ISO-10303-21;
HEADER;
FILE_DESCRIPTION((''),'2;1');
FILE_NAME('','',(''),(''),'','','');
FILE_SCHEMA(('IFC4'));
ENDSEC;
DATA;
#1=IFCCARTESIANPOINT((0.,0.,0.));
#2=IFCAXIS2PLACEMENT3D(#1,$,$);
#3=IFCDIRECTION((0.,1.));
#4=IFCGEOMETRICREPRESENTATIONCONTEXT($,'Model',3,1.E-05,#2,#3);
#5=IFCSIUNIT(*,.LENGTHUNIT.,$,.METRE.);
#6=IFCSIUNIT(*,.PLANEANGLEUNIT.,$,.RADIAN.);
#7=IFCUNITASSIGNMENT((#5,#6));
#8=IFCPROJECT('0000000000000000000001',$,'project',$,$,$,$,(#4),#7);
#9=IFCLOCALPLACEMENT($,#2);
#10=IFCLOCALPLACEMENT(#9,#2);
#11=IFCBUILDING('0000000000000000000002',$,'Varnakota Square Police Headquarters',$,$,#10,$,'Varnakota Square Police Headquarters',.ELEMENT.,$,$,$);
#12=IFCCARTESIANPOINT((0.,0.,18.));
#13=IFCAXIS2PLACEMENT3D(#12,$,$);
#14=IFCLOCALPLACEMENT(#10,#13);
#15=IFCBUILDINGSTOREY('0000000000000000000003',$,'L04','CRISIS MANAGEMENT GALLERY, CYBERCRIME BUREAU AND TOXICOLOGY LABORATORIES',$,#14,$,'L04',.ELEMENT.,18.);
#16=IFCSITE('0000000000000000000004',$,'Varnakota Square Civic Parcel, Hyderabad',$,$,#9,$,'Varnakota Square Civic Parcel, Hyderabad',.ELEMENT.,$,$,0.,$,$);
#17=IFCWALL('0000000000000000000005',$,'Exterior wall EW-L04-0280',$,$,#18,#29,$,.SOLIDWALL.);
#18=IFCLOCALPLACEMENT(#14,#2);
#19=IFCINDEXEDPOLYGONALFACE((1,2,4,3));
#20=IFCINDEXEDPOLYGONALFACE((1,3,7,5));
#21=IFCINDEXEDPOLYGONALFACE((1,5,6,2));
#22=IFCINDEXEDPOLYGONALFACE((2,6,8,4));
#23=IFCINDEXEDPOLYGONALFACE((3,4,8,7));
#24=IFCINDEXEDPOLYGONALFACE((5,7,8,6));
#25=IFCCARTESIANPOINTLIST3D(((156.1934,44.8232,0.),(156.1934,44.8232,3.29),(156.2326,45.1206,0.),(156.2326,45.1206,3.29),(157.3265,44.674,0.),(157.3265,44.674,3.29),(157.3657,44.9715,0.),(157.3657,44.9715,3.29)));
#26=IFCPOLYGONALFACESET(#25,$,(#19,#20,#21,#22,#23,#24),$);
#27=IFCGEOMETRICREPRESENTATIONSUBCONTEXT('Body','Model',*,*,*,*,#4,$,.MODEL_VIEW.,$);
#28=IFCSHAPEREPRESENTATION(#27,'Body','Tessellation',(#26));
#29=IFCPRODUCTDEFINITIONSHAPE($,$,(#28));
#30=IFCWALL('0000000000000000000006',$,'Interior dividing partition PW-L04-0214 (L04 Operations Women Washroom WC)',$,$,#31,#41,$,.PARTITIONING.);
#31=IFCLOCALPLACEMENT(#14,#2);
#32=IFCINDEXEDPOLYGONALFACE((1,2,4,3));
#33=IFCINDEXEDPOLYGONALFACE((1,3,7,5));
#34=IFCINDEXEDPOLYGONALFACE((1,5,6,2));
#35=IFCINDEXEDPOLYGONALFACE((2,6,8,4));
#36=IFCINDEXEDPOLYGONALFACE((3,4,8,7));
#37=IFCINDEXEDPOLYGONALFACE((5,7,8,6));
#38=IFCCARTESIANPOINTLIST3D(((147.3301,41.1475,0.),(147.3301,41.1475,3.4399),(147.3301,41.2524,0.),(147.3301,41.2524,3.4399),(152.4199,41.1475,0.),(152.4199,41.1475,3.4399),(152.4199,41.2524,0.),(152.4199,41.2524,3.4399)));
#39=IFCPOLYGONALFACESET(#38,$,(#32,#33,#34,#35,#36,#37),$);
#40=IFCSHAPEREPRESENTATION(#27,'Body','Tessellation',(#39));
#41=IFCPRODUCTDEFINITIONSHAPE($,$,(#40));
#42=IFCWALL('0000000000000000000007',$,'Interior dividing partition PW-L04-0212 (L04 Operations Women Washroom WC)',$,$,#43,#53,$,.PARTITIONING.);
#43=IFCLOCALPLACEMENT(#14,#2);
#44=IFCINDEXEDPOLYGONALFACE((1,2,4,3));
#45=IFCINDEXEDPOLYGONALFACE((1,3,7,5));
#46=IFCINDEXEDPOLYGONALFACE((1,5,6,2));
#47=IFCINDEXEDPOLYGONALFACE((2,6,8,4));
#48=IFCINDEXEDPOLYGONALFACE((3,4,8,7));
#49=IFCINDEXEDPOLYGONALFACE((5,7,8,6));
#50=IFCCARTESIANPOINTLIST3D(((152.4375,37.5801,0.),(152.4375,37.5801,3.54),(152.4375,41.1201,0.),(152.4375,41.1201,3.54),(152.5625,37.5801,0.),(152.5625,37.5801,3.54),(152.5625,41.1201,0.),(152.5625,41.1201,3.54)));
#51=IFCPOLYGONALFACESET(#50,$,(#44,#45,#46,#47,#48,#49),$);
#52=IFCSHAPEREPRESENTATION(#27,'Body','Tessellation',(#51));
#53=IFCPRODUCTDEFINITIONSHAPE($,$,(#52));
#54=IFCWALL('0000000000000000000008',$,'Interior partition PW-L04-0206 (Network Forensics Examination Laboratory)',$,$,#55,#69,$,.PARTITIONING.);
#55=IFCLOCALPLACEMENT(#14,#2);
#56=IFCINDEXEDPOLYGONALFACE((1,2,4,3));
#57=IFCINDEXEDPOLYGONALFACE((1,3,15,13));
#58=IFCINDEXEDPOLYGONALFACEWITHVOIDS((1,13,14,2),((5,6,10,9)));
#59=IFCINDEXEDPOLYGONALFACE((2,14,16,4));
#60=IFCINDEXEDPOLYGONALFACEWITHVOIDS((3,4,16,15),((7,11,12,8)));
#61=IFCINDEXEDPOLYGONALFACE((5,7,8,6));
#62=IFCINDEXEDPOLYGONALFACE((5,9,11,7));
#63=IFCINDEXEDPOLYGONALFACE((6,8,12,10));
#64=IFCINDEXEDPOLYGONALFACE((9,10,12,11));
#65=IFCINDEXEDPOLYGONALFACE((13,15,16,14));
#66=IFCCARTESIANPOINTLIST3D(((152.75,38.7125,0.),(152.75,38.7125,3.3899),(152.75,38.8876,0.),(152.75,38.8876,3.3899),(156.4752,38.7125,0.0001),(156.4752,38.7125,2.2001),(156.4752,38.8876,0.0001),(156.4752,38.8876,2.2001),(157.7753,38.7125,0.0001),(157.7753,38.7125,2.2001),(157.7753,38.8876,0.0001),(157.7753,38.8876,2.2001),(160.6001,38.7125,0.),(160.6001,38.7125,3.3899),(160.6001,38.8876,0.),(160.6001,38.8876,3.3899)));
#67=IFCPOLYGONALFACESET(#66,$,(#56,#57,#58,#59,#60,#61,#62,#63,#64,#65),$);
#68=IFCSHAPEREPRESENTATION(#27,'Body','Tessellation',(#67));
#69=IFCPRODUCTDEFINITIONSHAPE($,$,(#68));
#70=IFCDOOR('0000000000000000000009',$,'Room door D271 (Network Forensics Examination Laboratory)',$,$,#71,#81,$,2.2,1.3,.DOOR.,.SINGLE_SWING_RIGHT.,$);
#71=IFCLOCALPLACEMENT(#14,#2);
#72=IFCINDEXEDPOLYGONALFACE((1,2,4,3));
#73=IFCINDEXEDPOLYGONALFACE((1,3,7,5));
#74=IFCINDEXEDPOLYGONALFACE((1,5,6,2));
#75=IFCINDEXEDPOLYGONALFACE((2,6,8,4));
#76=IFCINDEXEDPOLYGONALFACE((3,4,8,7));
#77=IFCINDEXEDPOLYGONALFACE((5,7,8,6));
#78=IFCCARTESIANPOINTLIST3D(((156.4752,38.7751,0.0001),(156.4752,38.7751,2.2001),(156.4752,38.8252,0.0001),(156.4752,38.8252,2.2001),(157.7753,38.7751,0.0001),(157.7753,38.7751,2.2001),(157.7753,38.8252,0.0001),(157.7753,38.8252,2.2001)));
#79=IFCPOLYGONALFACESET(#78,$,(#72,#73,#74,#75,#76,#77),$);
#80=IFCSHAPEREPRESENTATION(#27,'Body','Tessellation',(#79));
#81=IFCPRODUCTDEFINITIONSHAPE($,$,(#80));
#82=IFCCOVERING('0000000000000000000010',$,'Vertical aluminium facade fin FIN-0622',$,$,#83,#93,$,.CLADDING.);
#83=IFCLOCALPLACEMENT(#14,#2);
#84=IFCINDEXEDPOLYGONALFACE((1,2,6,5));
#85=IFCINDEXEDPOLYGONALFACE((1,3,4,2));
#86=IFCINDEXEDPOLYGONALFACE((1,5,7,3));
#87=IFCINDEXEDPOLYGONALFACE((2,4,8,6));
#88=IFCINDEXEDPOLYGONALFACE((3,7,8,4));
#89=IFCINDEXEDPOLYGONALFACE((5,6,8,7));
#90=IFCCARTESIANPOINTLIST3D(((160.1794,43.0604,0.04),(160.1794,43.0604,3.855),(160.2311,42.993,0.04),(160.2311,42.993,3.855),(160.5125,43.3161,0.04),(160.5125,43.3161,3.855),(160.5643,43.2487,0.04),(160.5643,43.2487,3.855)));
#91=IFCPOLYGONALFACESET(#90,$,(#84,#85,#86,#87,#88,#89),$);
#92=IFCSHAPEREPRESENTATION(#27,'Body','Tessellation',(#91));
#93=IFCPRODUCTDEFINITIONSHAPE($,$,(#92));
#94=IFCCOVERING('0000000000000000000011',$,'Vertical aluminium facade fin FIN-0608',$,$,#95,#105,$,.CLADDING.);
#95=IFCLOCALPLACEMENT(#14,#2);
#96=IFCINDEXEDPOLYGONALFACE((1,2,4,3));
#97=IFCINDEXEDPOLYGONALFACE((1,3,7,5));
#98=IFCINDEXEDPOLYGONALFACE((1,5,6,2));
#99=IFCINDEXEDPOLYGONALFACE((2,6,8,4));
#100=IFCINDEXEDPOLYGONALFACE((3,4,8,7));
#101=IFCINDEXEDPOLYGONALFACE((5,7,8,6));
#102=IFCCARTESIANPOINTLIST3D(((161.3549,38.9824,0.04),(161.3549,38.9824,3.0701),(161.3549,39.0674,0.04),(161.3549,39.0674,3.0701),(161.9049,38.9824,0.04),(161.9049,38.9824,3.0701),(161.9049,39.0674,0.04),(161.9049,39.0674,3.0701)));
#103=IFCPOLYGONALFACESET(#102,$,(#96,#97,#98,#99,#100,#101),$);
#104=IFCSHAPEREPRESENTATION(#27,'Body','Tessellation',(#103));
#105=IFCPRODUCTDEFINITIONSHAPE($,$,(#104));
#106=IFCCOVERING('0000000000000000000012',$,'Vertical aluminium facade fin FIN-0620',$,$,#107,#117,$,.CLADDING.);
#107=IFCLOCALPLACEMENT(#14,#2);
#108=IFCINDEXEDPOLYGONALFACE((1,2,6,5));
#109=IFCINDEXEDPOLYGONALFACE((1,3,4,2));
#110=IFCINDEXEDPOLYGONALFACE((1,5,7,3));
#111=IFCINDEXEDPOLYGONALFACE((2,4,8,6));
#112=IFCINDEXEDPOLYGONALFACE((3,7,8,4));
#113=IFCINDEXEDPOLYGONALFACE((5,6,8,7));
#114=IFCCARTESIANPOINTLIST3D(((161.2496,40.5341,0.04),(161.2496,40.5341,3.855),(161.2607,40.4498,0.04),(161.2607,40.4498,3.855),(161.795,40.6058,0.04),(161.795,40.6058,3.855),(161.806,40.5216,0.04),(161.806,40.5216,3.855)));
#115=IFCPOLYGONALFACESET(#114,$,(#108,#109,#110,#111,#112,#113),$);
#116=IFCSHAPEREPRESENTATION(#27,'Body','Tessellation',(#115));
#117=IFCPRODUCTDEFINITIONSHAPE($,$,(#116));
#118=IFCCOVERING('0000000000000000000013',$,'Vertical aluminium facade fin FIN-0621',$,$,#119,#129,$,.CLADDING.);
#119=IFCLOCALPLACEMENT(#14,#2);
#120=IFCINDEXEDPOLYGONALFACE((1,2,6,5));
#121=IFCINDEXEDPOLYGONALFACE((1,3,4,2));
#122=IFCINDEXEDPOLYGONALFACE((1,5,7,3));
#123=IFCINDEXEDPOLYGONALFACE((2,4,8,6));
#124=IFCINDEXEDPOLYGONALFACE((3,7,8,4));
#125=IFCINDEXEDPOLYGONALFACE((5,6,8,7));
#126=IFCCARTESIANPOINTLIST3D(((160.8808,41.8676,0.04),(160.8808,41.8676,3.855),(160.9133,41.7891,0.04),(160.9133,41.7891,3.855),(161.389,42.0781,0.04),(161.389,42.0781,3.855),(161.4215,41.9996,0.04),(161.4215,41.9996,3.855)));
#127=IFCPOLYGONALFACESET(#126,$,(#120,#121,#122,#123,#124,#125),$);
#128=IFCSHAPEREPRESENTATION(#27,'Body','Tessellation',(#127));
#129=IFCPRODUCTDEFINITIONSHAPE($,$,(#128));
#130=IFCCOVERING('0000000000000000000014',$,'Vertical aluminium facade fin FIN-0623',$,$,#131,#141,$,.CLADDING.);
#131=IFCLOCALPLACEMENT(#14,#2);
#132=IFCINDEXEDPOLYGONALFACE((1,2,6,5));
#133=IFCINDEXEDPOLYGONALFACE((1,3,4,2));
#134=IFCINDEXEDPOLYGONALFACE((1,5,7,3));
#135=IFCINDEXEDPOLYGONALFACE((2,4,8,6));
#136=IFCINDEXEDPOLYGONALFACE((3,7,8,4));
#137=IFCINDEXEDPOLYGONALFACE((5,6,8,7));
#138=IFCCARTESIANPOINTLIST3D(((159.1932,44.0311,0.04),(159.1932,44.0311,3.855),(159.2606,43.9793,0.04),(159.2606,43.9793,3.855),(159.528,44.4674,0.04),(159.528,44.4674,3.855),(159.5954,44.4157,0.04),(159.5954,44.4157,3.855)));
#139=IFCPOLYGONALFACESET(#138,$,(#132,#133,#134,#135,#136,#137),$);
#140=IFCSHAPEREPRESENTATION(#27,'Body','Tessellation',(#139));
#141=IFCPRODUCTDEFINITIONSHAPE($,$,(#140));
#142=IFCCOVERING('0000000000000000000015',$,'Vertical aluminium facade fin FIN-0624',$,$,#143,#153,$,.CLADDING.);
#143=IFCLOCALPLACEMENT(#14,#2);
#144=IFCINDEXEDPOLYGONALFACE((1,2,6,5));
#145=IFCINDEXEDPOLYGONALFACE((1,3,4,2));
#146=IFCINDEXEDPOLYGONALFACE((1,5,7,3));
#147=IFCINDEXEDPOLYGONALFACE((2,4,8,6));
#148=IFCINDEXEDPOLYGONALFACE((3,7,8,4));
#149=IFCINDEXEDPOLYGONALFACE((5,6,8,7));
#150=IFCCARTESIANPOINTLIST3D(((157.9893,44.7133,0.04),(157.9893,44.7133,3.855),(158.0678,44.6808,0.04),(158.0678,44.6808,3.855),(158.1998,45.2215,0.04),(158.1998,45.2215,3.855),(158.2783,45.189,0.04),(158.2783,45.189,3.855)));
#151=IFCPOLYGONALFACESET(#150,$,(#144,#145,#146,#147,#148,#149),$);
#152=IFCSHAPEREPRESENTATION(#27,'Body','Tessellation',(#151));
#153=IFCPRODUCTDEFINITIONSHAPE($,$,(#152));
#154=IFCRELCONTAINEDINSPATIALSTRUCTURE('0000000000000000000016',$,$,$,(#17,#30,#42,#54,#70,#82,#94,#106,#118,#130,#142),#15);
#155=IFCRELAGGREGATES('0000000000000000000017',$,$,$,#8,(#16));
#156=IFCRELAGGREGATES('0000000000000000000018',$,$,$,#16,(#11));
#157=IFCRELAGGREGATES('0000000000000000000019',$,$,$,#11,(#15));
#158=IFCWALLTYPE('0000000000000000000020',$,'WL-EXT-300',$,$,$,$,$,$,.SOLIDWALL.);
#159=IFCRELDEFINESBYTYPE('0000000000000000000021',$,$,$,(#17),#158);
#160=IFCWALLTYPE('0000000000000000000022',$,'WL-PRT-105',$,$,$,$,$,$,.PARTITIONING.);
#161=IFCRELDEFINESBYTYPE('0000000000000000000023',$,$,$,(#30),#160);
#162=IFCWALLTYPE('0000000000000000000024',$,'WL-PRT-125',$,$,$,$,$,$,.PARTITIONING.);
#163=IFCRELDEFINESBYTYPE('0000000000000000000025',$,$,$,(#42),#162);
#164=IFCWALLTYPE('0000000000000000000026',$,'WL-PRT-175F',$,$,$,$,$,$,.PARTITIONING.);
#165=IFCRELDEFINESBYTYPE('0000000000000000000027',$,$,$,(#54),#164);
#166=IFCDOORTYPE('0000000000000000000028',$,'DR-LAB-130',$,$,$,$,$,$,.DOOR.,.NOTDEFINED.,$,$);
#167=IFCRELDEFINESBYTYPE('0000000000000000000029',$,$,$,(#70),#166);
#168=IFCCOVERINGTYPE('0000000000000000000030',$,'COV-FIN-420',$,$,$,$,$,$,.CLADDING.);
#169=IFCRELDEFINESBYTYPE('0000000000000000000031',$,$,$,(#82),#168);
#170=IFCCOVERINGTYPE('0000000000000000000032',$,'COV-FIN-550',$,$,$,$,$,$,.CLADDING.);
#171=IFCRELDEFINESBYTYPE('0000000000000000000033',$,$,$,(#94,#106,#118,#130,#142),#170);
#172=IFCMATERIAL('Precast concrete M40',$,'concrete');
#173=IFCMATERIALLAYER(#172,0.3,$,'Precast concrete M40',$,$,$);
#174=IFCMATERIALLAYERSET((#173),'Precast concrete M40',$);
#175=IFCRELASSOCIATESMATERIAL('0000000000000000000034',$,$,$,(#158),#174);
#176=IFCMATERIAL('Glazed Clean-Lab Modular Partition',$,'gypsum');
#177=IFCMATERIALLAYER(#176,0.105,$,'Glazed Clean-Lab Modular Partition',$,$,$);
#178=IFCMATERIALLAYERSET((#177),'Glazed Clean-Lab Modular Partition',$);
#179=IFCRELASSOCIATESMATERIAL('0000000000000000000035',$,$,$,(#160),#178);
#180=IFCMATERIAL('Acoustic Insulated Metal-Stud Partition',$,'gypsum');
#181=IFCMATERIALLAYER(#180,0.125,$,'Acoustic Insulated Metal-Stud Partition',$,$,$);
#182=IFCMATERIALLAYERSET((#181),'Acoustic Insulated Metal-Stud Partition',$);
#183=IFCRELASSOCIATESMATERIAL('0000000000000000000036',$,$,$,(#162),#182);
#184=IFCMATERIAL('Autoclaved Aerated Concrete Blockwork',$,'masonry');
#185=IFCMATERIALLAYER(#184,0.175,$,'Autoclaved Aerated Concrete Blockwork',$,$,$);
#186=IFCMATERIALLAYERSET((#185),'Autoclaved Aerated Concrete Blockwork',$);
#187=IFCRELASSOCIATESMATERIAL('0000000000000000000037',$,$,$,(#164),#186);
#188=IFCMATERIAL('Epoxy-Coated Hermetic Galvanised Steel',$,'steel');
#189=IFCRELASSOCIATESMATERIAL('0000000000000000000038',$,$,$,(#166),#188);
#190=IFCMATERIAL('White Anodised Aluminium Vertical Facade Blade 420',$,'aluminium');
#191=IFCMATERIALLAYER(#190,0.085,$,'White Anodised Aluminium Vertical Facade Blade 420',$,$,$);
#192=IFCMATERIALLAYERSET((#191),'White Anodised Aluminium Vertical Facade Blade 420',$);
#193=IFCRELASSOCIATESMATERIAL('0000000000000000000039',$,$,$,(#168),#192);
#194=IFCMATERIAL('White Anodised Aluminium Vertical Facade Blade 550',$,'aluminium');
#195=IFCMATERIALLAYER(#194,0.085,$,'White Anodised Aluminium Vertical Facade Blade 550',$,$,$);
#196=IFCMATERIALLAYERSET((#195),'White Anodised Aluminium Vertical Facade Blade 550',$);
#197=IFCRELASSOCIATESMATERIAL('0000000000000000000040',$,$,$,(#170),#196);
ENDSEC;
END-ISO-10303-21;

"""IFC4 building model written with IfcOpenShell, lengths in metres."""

from ifc_helpers import new_model, si_unit, direction, frame, frame_2d, origin, origin_2d, place, context, subcontext, project, spatial, rectangle, extrude, material, layer, layer_set, type_object, element, fill, save


model = new_model("IFC4")

# Units and contexts
model_context = context("Model", 3, precision=1e-05, world=origin(), true_north=direction((0.0, 1.0)))
body_context = subcontext(model_context, "Body", "Model", "MODEL_VIEW")
ifc_project = project(units=[si_unit("LENGTHUNIT", "METRE"), si_unit("PLANEANGLEUNIT", "RADIAN")], contexts=[model_context])

# Site, building, storey
site_placement = place(None, origin())
site = spatial("IfcSite", under=ifc_project, at=site_placement, Name="Varnakota Square Civic Parcel, Hyderabad", LongName="Varnakota Square Civic Parcel, Hyderabad", CompositionType="ELEMENT", RefElevation=0.0)
building_placement = place(site_placement, origin())
building = spatial("IfcBuilding", under=site, at=building_placement, Name="Varnakota Square Police Headquarters", LongName="Varnakota Square Police Headquarters", CompositionType="ELEMENT")
storey_placement = place(building_placement, frame((0.0, 0.0, 18.0)))
storey = spatial("IfcBuildingStorey", under=building, at=storey_placement, Name="L04", Description="CRISIS MANAGEMENT GALLERY, CYBERCRIME BUREAU AND TOXICOLOGY LABORATORIES", LongName="L04", CompositionType="ELEMENT", Elevation=18.0)

# Walls
ifc_material_1 = material(Name="Precast concrete M40", Category="concrete")
ifc_layer_1 = layer(ifc_material_1, 0.3, Name="Precast concrete M40")
ifc_layer_set_1 = layer_set([ifc_layer_1], Name="Precast concrete M40")
wall_type_1 = type_object("IfcWallType", Name="WL-EXT-300", PredefinedType="SOLIDWALL", material=ifc_layer_set_1)
wall_1_placement = place(storey_placement, frame((157.3459, 44.8228, 0.0), z_axis=(0.0, 0.0, 1.0), x_axis=(-0.991445, 0.130526, 0.0)))
element("IfcWall", 1, at=wall_1_placement, inside=storey, type_object=wall_type_1, Name="Exterior wall EW-L04-0280", PredefinedType="SOLIDWALL", context=body_context, shape_type="SweptSolid", body=[
    extrude(rectangle(XDim=1.1428, YDim=0.3, at=frame_2d((0.5713, 0.0))), origin(), (0.0, 0.0, 1.0), 3.29),
])
ifc_material_2 = material(Name="Glazed Clean-Lab Modular Partition", Category="gypsum")
ifc_layer_2 = layer(ifc_material_2, 0.105, Name="Glazed Clean-Lab Modular Partition")
ifc_layer_set_2 = layer_set([ifc_layer_2], Name="Glazed Clean-Lab Modular Partition")
wall_type_2 = type_object("IfcWallType", Name="WL-PRT-105", PredefinedType="PARTITIONING", material=ifc_layer_set_2)
wall_2_placement = place(storey_placement, frame((147.3301, 41.2, 0.0), z_axis=(0.0, 0.0, 1.0), x_axis=(1.0, 0.0, 0.0)))
element("IfcWall", 2, at=wall_2_placement, inside=storey, type_object=wall_type_2, Name="Interior dividing partition PW-L04-0214 (L04 Operations Women Washroom WC)", PredefinedType="PARTITIONING", context=body_context, shape_type="SweptSolid", body=[
    extrude(rectangle(XDim=5.0898, YDim=0.105, at=frame_2d((2.5449, 0.0))), origin(), (0.0, 0.0, 1.0), 3.4399),
])
ifc_material_3 = material(Name="Acoustic Insulated Metal-Stud Partition", Category="gypsum")
ifc_layer_3 = layer(ifc_material_3, 0.125, Name="Acoustic Insulated Metal-Stud Partition")
ifc_layer_set_3 = layer_set([ifc_layer_3], Name="Acoustic Insulated Metal-Stud Partition")
wall_type_3 = type_object("IfcWallType", Name="WL-PRT-125", PredefinedType="PARTITIONING", material=ifc_layer_set_3)
wall_3_placement = place(storey_placement, frame((152.5, 41.1201, 0.0), z_axis=(0.0, 0.0, 1.0), x_axis=(0.0, -1.0, 0.0)))
element("IfcWall", 3, at=wall_3_placement, inside=storey, type_object=wall_type_3, Name="Interior dividing partition PW-L04-0212 (L04 Operations Women Washroom WC)", PredefinedType="PARTITIONING", context=body_context, shape_type="SweptSolid", body=[
    extrude(rectangle(XDim=3.54, YDim=0.125, at=frame_2d((1.77, 0.0))), origin(), (0.0, 0.0, 1.0), 3.54),
])

# Wall, opening, door
ifc_material_4 = material(Name="Autoclaved Aerated Concrete Blockwork", Category="masonry")
ifc_layer_4 = layer(ifc_material_4, 0.175, Name="Autoclaved Aerated Concrete Blockwork")
ifc_layer_set_4 = layer_set([ifc_layer_4], Name="Autoclaved Aerated Concrete Blockwork")
wall_type_4 = type_object("IfcWallType", Name="WL-PRT-175F", PredefinedType="PARTITIONING", material=ifc_layer_set_4)
wall_4_placement = place(storey_placement, frame((160.6001, 38.8, 0.0), z_axis=(0.0, 0.0, 1.0), x_axis=(-1.0, 0.0, 0.0)))
wall_4 = element("IfcWall", 4, at=wall_4_placement, inside=storey, type_object=wall_type_4, Name="Interior partition PW-L04-0206 (Network Forensics Examination Laboratory)", PredefinedType="PARTITIONING", context=body_context, shape_type="SweptSolid", body=[
    extrude(rectangle(XDim=7.8501, YDim=0.175, at=frame_2d((3.925, 0.0))), origin(), (0.0, 0.0, 1.0), 3.3899),
])
opening_placement = place(wall_4_placement, frame((2.825, 0.0, 0.0)))
opening = element("IfcOpeningElement", 5, at=opening_placement, cuts=wall_4, PredefinedType="OPENING", context=body_context, shape_type="SweptSolid", body=[
    extrude(rectangle(XDim=1.3, YDim=2.2, at=frame_2d((0.6499, 1.1001))), frame((0.0, 0.0974, 0.0), z_axis=(0.0, -1.0, 0.0), x_axis=(1.0, 0.0, 0.0)), (0.0, 0.0, 1.0), 0.1951),
])
ifc_material_5 = material(Name="Epoxy-Coated Hermetic Galvanised Steel", Category="steel")
door_type = type_object("IfcDoorType", Name="DR-LAB-130", OperationType="NOTDEFINED", PredefinedType="DOOR", material=ifc_material_5)
door_placement = place(opening_placement, origin())
door = element("IfcDoor", 6, at=door_placement, inside=storey, type_object=door_type, Name="Room door D271 (Network Forensics Examination Laboratory)", OperationType="SINGLE_SWING_RIGHT", OverallHeight=2.2, OverallWidth=1.3, PredefinedType="DOOR", context=body_context, shape_type="SweptSolid", body=[
    extrude(rectangle(XDim=1.3, YDim=2.2, at=frame_2d((0.6499, 1.1001))), frame((0.0, 0.0249, 0.0), z_axis=(0.0, -1.0, 0.0), x_axis=(1.0, 0.0, 0.0)), (0.0, 0.0, 1.0), 0.05),
])
fill(opening, door)

# Coverings
ifc_material_6 = material(Name="White Anodised Aluminium Vertical Facade Blade 420", Category="aluminium")
ifc_layer_5 = layer(ifc_material_6, 0.085, Name="White Anodised Aluminium Vertical Facade Blade 420")
ifc_layer_set_5 = layer_set([ifc_layer_5], Name="White Anodised Aluminium Vertical Facade Blade 420")
covering_type_1 = type_object("IfcCoveringType", Name="COV-FIN-420", PredefinedType="CLADDING", material=ifc_layer_set_5)
covering_1_placement = place(storey_placement, frame((160.3718, 43.1545, 0.04), z_axis=(0.0, 0.0, 1.0), x_axis=(-0.608761, 0.793353, 0.0)))
element("IfcCovering", 7, at=covering_1_placement, inside=storey, type_object=covering_type_1, Name="Vertical aluminium facade fin FIN-0622", PredefinedType="CLADDING", context=body_context, shape_type="SweptSolid", body=[
    extrude(rectangle(XDim=0.085, YDim=0.4199, at=origin_2d()), origin(), (0.0, 0.0, 1.0), 3.8149),
])
ifc_material_7 = material(Name="White Anodised Aluminium Vertical Facade Blade 550", Category="aluminium")
ifc_layer_6 = layer(ifc_material_7, 0.085, Name="White Anodised Aluminium Vertical Facade Blade 550")
ifc_layer_set_6 = layer_set([ifc_layer_6], Name="White Anodised Aluminium Vertical Facade Blade 550")
covering_type_2 = type_object("IfcCoveringType", Name="COV-FIN-550", PredefinedType="CLADDING", material=ifc_layer_set_6)
covering_2_placement = place(storey_placement, frame((161.6299, 39.0249, 0.04), z_axis=(0.0, 0.0, 1.0), x_axis=(0.0, 1.0, 0.0)))
element("IfcCovering", 8, at=covering_2_placement, inside=storey, type_object=covering_type_2, Name="Vertical aluminium facade fin FIN-0608", PredefinedType="CLADDING", context=body_context, shape_type="SweptSolid", body=[
    extrude(rectangle(XDim=0.085, YDim=0.55, at=origin_2d()), origin(), (0.0, 0.0, 1.0), 3.03),
])
for number, where, z_axis, x_axis, name in (
    (9, (161.5278, 40.5278, 0.04), (0.0, 0.0, 1.0), (-0.130526, 0.991445, 0.0), "Vertical aluminium facade fin FIN-0620"),
    (10, (161.1511, 41.9336, 0.04), (0.0, 0.0, 1.0), (-0.382683, 0.92388, 0.0), "Vertical aluminium facade fin FIN-0621"),
    (11, (159.3943, 44.2234, 0.04), (0.0, 0.0, 1.0), (-0.793353, 0.608761, 0.0), "Vertical aluminium facade fin FIN-0623"),
    (12, (158.1338, 44.9512, 0.04), (0.0, 0.0, 1.0), (-0.92388, 0.382683, 0.0), "Vertical aluminium facade fin FIN-0624"),
):
    element("IfcCovering", number, at=place(storey_placement, frame(where, z_axis=z_axis, x_axis=x_axis)), inside=storey, type_object=covering_type_2, Name=name, PredefinedType="CLADDING", context=body_context, shape_type="SweptSolid", body=[
        extrude(rectangle(XDim=0.085, YDim=0.55, at=origin_2d()), origin(), (0.0, 0.0, 1.0), 3.8149),
    ])

save(model, "model.ifc")
